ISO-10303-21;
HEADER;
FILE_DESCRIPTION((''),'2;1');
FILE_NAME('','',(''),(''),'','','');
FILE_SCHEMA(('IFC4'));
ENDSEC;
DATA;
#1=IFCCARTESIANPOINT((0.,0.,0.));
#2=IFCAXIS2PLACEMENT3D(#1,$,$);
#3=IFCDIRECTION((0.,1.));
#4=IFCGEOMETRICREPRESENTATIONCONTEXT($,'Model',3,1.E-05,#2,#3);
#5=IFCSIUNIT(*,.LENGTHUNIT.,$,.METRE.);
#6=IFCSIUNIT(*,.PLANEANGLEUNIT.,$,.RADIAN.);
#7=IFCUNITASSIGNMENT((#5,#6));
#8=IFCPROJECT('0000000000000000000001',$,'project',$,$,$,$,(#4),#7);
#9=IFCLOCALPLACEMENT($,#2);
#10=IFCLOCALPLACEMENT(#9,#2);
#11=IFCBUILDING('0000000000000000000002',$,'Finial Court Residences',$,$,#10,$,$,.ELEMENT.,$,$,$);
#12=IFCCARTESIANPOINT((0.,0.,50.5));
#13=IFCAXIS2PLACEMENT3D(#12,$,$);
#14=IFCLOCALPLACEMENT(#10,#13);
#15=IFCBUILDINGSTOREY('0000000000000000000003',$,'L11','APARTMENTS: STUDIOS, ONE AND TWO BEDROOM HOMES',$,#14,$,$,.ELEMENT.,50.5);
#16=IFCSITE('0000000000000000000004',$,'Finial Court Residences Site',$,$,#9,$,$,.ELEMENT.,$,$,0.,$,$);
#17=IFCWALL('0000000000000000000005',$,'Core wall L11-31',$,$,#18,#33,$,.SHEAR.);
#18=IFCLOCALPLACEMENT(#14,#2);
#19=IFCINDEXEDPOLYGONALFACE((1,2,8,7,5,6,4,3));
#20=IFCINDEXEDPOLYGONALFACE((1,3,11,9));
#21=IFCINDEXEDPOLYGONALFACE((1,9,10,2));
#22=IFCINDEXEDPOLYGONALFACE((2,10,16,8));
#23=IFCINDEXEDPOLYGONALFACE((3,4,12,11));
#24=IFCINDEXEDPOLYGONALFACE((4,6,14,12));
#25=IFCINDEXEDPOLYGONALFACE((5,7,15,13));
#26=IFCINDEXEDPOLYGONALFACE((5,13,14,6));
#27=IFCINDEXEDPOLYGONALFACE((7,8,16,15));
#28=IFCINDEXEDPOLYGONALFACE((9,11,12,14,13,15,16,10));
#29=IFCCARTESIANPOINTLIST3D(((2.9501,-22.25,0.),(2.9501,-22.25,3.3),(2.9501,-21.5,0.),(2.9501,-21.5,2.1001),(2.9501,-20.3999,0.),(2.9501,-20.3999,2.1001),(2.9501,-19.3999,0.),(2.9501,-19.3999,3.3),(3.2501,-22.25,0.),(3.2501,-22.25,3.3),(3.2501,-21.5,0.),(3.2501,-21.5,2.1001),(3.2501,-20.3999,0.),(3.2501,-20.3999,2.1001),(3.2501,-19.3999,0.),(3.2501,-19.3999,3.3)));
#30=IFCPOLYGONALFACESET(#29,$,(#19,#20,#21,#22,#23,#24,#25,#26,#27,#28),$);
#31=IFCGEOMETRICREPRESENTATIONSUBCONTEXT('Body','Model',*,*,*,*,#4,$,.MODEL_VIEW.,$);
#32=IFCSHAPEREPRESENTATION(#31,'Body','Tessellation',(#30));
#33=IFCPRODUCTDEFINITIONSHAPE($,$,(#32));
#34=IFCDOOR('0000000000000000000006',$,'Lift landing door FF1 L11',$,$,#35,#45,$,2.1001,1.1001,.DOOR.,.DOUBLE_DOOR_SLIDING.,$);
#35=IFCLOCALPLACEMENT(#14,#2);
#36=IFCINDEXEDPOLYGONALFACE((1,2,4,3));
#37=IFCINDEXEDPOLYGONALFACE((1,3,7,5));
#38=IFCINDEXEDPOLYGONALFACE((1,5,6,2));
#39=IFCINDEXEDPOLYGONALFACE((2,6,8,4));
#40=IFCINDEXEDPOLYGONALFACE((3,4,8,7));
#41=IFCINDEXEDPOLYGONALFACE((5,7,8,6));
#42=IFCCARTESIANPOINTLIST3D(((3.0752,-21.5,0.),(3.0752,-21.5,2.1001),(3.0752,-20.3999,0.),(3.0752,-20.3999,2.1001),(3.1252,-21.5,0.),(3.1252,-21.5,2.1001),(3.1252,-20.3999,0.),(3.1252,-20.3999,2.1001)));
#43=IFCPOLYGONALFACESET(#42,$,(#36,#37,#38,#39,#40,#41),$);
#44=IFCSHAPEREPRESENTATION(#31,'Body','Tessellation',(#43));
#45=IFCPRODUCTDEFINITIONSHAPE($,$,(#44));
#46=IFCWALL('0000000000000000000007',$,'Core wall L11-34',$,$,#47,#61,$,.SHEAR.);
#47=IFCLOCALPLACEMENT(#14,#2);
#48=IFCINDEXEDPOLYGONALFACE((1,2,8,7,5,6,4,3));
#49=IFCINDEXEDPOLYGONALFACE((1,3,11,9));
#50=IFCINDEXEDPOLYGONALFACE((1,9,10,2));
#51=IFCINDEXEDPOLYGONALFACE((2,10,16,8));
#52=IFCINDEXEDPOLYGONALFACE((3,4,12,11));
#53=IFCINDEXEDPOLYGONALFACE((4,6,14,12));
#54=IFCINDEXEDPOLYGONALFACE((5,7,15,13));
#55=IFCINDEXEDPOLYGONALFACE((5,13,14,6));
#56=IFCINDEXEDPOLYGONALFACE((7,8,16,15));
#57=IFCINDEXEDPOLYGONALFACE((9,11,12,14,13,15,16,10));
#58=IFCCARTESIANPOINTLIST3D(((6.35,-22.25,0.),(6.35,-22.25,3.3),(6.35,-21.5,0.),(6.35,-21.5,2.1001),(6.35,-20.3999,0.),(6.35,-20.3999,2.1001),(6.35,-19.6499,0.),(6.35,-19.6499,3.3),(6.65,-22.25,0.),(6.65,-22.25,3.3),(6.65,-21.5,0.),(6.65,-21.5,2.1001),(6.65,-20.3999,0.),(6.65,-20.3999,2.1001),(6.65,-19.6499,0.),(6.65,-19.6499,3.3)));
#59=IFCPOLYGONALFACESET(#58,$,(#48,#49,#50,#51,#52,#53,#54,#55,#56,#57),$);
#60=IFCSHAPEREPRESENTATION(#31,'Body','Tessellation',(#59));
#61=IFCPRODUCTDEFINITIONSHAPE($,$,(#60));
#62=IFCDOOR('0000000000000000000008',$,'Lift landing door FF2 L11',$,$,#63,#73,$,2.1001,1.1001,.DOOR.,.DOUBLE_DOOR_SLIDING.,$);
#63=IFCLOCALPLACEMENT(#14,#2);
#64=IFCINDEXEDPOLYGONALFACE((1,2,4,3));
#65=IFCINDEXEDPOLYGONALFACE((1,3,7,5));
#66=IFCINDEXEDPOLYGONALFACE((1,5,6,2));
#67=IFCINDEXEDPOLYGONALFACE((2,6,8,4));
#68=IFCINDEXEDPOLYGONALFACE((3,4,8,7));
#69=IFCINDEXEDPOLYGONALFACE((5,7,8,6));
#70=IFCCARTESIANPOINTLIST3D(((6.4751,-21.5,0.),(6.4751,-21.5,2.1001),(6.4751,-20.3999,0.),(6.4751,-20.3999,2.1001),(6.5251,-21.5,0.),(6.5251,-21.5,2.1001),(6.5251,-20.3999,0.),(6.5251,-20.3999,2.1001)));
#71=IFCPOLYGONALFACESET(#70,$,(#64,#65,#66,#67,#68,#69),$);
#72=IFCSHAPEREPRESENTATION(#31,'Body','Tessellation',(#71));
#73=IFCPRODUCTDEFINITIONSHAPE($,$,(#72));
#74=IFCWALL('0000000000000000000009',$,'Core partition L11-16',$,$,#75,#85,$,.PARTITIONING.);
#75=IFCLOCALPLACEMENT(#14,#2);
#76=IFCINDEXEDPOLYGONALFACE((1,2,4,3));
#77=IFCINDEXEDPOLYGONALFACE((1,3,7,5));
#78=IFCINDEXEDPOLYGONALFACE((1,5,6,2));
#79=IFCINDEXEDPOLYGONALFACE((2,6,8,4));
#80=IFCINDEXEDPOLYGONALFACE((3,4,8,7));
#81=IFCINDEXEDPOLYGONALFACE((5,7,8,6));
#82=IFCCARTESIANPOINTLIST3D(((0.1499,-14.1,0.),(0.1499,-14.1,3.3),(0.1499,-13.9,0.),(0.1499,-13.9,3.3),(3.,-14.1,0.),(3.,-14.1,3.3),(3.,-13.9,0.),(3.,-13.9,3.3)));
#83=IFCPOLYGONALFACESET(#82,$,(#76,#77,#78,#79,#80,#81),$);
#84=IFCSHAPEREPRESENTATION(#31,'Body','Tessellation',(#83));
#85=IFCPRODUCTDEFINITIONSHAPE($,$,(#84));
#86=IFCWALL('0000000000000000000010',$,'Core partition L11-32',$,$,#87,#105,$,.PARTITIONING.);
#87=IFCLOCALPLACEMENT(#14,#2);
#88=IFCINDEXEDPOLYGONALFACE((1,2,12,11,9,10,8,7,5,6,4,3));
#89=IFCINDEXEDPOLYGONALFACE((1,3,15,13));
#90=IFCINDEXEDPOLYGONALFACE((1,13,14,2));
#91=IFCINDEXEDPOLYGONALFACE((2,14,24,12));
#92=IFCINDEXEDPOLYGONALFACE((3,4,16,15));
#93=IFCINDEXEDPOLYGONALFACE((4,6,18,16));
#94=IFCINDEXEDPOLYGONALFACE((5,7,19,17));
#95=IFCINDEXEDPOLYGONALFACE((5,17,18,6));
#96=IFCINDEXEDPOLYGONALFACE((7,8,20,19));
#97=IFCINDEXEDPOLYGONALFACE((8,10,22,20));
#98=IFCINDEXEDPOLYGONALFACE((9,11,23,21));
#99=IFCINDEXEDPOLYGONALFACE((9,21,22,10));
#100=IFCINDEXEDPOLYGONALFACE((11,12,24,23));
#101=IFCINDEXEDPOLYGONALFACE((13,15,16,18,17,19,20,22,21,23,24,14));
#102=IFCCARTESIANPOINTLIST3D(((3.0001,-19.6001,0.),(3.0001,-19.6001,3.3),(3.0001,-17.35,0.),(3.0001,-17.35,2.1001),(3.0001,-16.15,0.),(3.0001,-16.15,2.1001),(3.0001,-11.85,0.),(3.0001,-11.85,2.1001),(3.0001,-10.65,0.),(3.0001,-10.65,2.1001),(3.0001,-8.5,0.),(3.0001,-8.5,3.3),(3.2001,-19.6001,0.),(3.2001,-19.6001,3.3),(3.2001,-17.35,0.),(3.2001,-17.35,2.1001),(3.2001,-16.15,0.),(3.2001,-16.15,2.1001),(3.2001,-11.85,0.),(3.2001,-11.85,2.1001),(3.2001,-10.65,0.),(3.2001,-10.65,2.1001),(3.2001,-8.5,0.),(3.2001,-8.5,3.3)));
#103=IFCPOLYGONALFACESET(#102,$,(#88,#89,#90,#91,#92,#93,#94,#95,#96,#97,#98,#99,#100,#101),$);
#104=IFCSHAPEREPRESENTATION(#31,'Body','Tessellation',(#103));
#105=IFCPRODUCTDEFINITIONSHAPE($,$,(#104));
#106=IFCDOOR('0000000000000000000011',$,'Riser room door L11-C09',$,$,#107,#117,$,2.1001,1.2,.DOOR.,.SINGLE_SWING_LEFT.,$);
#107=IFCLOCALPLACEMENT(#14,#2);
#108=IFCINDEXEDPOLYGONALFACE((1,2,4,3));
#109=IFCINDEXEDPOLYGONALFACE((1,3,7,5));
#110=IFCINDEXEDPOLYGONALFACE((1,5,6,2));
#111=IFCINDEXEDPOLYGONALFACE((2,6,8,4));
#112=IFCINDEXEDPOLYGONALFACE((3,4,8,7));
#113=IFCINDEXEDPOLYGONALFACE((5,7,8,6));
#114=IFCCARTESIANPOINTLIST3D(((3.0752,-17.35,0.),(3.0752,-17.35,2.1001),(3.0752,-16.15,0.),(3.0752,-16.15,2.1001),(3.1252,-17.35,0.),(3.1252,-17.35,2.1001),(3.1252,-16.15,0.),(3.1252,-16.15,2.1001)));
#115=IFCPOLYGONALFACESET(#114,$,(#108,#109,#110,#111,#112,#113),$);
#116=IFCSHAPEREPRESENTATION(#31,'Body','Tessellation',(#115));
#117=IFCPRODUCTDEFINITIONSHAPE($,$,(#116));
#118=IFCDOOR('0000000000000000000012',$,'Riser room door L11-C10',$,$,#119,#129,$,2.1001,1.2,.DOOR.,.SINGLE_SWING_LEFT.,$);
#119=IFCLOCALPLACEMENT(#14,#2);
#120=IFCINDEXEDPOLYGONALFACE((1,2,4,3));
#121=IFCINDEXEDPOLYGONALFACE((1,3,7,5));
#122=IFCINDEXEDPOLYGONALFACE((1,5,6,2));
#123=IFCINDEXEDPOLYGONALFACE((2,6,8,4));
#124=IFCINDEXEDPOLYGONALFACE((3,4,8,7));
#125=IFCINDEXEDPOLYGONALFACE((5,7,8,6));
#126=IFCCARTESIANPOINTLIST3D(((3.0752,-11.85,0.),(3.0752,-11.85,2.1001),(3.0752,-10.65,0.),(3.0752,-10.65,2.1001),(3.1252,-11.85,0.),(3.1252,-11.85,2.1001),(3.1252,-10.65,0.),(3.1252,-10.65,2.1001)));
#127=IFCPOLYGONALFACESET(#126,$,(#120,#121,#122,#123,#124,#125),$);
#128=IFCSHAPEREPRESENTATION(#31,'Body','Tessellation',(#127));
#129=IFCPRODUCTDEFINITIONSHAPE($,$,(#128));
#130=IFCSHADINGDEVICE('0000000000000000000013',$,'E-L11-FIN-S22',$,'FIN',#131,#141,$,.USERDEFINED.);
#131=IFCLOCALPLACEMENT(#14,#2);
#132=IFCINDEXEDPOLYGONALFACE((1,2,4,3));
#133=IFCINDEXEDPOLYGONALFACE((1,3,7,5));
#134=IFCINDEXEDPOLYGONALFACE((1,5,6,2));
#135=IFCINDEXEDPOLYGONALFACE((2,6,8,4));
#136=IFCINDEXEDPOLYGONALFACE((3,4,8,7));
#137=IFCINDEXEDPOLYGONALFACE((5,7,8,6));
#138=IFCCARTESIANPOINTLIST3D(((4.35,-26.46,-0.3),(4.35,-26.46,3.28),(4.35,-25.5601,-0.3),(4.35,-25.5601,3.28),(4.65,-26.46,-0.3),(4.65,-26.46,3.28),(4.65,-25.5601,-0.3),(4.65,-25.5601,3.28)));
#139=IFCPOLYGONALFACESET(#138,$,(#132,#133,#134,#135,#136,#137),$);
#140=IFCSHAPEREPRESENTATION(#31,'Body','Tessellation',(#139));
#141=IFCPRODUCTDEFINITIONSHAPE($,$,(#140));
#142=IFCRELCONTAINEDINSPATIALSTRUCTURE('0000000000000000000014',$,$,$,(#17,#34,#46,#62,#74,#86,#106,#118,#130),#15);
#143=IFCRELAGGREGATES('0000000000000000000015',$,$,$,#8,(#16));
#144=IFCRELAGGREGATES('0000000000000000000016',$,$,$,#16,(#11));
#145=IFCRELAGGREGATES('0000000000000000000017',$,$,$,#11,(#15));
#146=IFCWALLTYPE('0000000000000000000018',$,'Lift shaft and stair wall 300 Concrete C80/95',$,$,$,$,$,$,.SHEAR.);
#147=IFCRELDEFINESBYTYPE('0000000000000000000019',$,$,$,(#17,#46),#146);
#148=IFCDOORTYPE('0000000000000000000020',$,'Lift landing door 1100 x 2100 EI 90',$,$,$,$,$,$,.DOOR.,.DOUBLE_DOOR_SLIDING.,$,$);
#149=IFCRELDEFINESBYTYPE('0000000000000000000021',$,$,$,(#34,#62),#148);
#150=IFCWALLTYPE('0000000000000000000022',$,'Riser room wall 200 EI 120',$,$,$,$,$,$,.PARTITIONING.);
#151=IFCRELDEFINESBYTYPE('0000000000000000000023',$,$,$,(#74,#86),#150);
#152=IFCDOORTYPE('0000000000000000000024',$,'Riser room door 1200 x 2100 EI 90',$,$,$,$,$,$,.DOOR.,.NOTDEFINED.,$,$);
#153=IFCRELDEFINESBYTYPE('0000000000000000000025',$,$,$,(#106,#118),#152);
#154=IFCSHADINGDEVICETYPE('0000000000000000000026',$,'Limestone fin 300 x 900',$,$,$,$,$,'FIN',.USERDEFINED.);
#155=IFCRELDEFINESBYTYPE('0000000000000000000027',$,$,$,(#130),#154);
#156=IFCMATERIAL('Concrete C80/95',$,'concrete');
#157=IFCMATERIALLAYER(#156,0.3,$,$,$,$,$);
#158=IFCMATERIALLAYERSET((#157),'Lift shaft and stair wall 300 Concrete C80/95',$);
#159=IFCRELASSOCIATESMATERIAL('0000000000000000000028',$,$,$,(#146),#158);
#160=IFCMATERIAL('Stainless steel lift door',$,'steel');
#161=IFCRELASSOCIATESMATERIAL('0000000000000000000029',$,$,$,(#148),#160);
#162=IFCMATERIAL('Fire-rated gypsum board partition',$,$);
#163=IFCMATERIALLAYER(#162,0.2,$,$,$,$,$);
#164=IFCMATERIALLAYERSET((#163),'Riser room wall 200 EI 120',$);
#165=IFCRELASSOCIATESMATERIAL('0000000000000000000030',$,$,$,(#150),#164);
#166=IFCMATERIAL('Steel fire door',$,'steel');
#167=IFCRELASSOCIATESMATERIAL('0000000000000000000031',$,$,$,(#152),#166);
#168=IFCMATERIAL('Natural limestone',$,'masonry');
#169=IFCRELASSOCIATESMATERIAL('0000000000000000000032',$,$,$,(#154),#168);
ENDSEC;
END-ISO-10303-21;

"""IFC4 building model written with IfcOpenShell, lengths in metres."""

from ifc_helpers import new_model, si_unit, direction, frame, frame_2d, origin, origin_2d, place, context, subcontext, project, spatial, rectangle, extrude, material, layer, layer_set, type_object, element, fill, save


model = new_model("IFC4")

# Units and contexts
model_context = context("Model", 3, precision=1e-05, world=origin(), true_north=direction((0.0, 1.0)))
body_context = subcontext(model_context, "Body", "Model", "MODEL_VIEW")
ifc_project = project(units=[si_unit("LENGTHUNIT", "METRE"), si_unit("PLANEANGLEUNIT", "RADIAN")], contexts=[model_context])

# Site, building, storey
site_placement = place(None, origin())
site = spatial("IfcSite", under=ifc_project, at=site_placement, Name="Finial Court Residences Site", CompositionType="ELEMENT", RefElevation=0.0)
building_placement = place(site_placement, origin())
building = spatial("IfcBuilding", under=site, at=building_placement, Name="Finial Court Residences", CompositionType="ELEMENT")
storey_placement = place(building_placement, frame((0.0, 0.0, 50.5)))
storey = spatial("IfcBuildingStorey", under=building, at=storey_placement, Name="L11", Description="APARTMENTS: STUDIOS, ONE AND TWO BEDROOM HOMES", CompositionType="ELEMENT", Elevation=50.5)

# Shared definitions
ifc_material_1 = material(Name="Fire-rated gypsum board partition")
ifc_material_2 = material(Name="Steel fire door", Category="steel")

# Shared definitions
ifc_material_3 = material(Name="Concrete C80/95", Category="concrete")
ifc_layer_1 = layer(ifc_material_3, 0.3)
ifc_layer_set_1 = layer_set([ifc_layer_1], Name="Lift shaft and stair wall 300 Concrete C80/95")
wall_type_1 = type_object("IfcWallType", Name="Lift shaft and stair wall 300 Concrete C80/95", PredefinedType="SHEAR", material=ifc_layer_set_1)

# Walls, openings, doors
wall_1_placement = place(storey_placement, frame((3.1001, -22.25, 0.0), z_axis=(0.0, 0.0, 1.0), x_axis=(0.0, 1.0, 0.0)))
wall_1 = element("IfcWall", 1, at=wall_1_placement, inside=storey, type_object=wall_type_1, Name="Core wall L11-31", PredefinedType="SHEAR", context=body_context, shape_type="SweptSolid", body=[
    extrude(rectangle(XDim=2.8501, YDim=0.3, at=frame_2d((1.425, 0.0))), origin(), (0.0, 0.0, 1.0), 3.3),
])
opening_1_placement = place(wall_1_placement, frame((0.75, 0.0, 0.0)))
opening_1 = element("IfcOpeningElement", 2, at=opening_1_placement, cuts=wall_1, PredefinedType="OPENING", context=body_context, shape_type="SweptSolid", body=[
    extrude(rectangle(XDim=1.1001, YDim=2.1001, at=frame_2d((0.55, 1.05))), frame((0.0, 0.1599, 0.0), z_axis=(0.0, -1.0, 0.0), x_axis=(1.0, 0.0, 0.0)), (0.0, 0.0, 1.0), 0.3201),
])
ifc_material_4 = material(Name="Stainless steel lift door", Category="steel")
door_type_1 = type_object("IfcDoorType", Name="Lift landing door 1100 x 2100 EI 90", OperationType="DOUBLE_DOOR_SLIDING", PredefinedType="DOOR", material=ifc_material_4)
door_1_placement = place(opening_1_placement, origin())
door_1 = element("IfcDoor", 3, at=door_1_placement, inside=storey, type_object=door_type_1, Name="Lift landing door FF1 L11", OperationType="DOUBLE_DOOR_SLIDING", OverallHeight=2.1001, OverallWidth=1.1001, PredefinedType="DOOR", context=body_context, shape_type="SweptSolid", body=[
    extrude(rectangle(XDim=1.1001, YDim=2.1001, at=frame_2d((0.55, 1.05))), frame((0.0, 0.0249, 0.0), z_axis=(0.0, -1.0, 0.0), x_axis=(1.0, 0.0, 0.0)), (0.0, 0.0, 1.0), 0.05),
])
fill(opening_1, door_1)
wall_2_placement = place(storey_placement, frame((6.5, -22.25, 0.0), z_axis=(0.0, 0.0, 1.0), x_axis=(0.0, 1.0, 0.0)))
wall_2 = element("IfcWall", 4, at=wall_2_placement, inside=storey, type_object=wall_type_1, Name="Core wall L11-34", PredefinedType="SHEAR", context=body_context, shape_type="SweptSolid", body=[
    extrude(rectangle(XDim=2.6001, YDim=0.3, at=frame_2d((1.3, 0.0))), origin(), (0.0, 0.0, 1.0), 3.3),
])
opening_2_placement = place(wall_2_placement, frame((0.75, 0.0, 0.0)))
opening_2 = element("IfcOpeningElement", 5, at=opening_2_placement, cuts=wall_2, PredefinedType="OPENING", context=body_context, shape_type="SweptSolid", body=[
    extrude(rectangle(XDim=1.1001, YDim=2.1001, at=frame_2d((0.55, 1.05))), frame((0.0, 0.1599, 0.0), z_axis=(0.0, -1.0, 0.0), x_axis=(1.0, 0.0, 0.0)), (0.0, 0.0, 1.0), 0.3201),
])
door_2_placement = place(opening_2_placement, origin())
door_2 = element("IfcDoor", 6, at=door_2_placement, inside=storey, type_object=door_type_1, Name="Lift landing door FF2 L11", OperationType="DOUBLE_DOOR_SLIDING", OverallHeight=2.1001, OverallWidth=1.1001, PredefinedType="DOOR", context=body_context, shape_type="SweptSolid", body=[
    extrude(rectangle(XDim=1.1001, YDim=2.1001, at=frame_2d((0.55, 1.05))), frame((0.0, 0.0249, 0.0), z_axis=(0.0, -1.0, 0.0), x_axis=(1.0, 0.0, 0.0)), (0.0, 0.0, 1.0), 0.05),
])
fill(opening_2, door_2)

# Wall
ifc_layer_2 = layer(ifc_material_1, 0.2)
ifc_layer_set_2 = layer_set([ifc_layer_2], Name="Riser room wall 200 EI 120")
wall_type_2 = type_object("IfcWallType", Name="Riser room wall 200 EI 120", PredefinedType="PARTITIONING", material=ifc_layer_set_2)
wall_3_placement = place(storey_placement, frame((0.1499, -14.0, 0.0), z_axis=(0.0, 0.0, 1.0), x_axis=(1.0, 0.0, 0.0)))
element("IfcWall", 7, at=wall_3_placement, inside=storey, type_object=wall_type_2, Name="Core partition L11-16", PredefinedType="PARTITIONING", context=body_context, shape_type="SweptSolid", body=[
    extrude(rectangle(XDim=2.8501, YDim=0.2, at=frame_2d((1.425, 0.0))), origin(), (0.0, 0.0, 1.0), 3.3),
])

# Wall, openings, doors
wall_4_placement = place(storey_placement, frame((3.1001, -19.6001, 0.0), z_axis=(0.0, 0.0, 1.0), x_axis=(0.0, 1.0, 0.0)))
wall_4 = element("IfcWall", 8, at=wall_4_placement, inside=storey, type_object=wall_type_2, Name="Core partition L11-32", PredefinedType="PARTITIONING", context=body_context, shape_type="SweptSolid", body=[
    extrude(rectangle(XDim=11.1001, YDim=0.2, at=frame_2d((5.55, 0.0))), origin(), (0.0, 0.0, 1.0), 3.3),
])
opening_3_placement = place(wall_4_placement, frame((2.25, 0.0, 0.0)))
opening_3 = element("IfcOpeningElement", 9, at=opening_3_placement, cuts=wall_4, PredefinedType="OPENING", context=body_context, shape_type="SweptSolid", body=[
    extrude(rectangle(XDim=1.2, YDim=2.1001, at=frame_2d((0.6001, 1.05))), frame((0.0, 0.1099, 0.0), z_axis=(0.0, -1.0, 0.0), x_axis=(1.0, 0.0, 0.0)), (0.0, 0.0, 1.0), 0.22),
])
opening_4_placement = place(wall_4_placement, frame((7.75, 0.0, 0.0)))
opening_4 = element("IfcOpeningElement", 10, at=opening_4_placement, cuts=wall_4, PredefinedType="OPENING", context=body_context, shape_type="SweptSolid", body=[
    extrude(rectangle(XDim=1.2, YDim=2.1001, at=frame_2d((0.6001, 1.05))), frame((0.0, 0.1099, 0.0), z_axis=(0.0, -1.0, 0.0), x_axis=(1.0, 0.0, 0.0)), (0.0, 0.0, 1.0), 0.22),
])
door_type_2 = type_object("IfcDoorType", Name="Riser room door 1200 x 2100 EI 90", OperationType="NOTDEFINED", PredefinedType="DOOR", material=ifc_material_2)
door_3_placement = place(opening_3_placement, origin())
door_3 = element("IfcDoor", 11, at=door_3_placement, inside=storey, type_object=door_type_2, Name="Riser room door L11-C09", OperationType="SINGLE_SWING_LEFT", OverallHeight=2.1001, OverallWidth=1.2, PredefinedType="DOOR", context=body_context, shape_type="SweptSolid", body=[
    extrude(rectangle(XDim=1.2, YDim=2.1001, at=frame_2d((0.6001, 1.05))), frame((0.0, 0.0249, 0.0), z_axis=(0.0, -1.0, 0.0), x_axis=(1.0, 0.0, 0.0)), (0.0, 0.0, 1.0), 0.05),
])
fill(opening_3, door_3)
door_4_placement = place(opening_4_placement, origin())
door_4 = element("IfcDoor", 12, at=door_4_placement, inside=storey, type_object=door_type_2, Name="Riser room door L11-C10", OperationType="SINGLE_SWING_LEFT", OverallHeight=2.1001, OverallWidth=1.2, PredefinedType="DOOR", context=body_context, shape_type="SweptSolid", body=[
    extrude(rectangle(XDim=1.2, YDim=2.1001, at=frame_2d((0.6001, 1.05))), frame((0.0, 0.0249, 0.0), z_axis=(0.0, -1.0, 0.0), x_axis=(1.0, 0.0, 0.0)), (0.0, 0.0, 1.0), 0.05),
])
fill(opening_4, door_4)

# Shading device
ifc_material_5 = material(Name="Natural limestone", Category="masonry")
shading_device_type = type_object("IfcShadingDeviceType", Name="Limestone fin 300 x 900", ElementType="FIN", PredefinedType="USERDEFINED", material=ifc_material_5)
shading_device_placement = place(storey_placement, frame((4.5, -26.01, -0.3), z_axis=(0.0, 0.0, 1.0), x_axis=(1.0, 0.0, 0.0)))
element("IfcShadingDevice", 13, at=shading_device_placement, inside=storey, type_object=shading_device_type, Name="E-L11-FIN-S22", ObjectType="FIN", PredefinedType="USERDEFINED", context=body_context, shape_type="SweptSolid", body=[
    extrude(rectangle(XDim=0.3, YDim=0.8999, at=origin_2d()), origin(), (0.0, 0.0, 1.0), 3.5801),
])

save(model, "model.ifc")
